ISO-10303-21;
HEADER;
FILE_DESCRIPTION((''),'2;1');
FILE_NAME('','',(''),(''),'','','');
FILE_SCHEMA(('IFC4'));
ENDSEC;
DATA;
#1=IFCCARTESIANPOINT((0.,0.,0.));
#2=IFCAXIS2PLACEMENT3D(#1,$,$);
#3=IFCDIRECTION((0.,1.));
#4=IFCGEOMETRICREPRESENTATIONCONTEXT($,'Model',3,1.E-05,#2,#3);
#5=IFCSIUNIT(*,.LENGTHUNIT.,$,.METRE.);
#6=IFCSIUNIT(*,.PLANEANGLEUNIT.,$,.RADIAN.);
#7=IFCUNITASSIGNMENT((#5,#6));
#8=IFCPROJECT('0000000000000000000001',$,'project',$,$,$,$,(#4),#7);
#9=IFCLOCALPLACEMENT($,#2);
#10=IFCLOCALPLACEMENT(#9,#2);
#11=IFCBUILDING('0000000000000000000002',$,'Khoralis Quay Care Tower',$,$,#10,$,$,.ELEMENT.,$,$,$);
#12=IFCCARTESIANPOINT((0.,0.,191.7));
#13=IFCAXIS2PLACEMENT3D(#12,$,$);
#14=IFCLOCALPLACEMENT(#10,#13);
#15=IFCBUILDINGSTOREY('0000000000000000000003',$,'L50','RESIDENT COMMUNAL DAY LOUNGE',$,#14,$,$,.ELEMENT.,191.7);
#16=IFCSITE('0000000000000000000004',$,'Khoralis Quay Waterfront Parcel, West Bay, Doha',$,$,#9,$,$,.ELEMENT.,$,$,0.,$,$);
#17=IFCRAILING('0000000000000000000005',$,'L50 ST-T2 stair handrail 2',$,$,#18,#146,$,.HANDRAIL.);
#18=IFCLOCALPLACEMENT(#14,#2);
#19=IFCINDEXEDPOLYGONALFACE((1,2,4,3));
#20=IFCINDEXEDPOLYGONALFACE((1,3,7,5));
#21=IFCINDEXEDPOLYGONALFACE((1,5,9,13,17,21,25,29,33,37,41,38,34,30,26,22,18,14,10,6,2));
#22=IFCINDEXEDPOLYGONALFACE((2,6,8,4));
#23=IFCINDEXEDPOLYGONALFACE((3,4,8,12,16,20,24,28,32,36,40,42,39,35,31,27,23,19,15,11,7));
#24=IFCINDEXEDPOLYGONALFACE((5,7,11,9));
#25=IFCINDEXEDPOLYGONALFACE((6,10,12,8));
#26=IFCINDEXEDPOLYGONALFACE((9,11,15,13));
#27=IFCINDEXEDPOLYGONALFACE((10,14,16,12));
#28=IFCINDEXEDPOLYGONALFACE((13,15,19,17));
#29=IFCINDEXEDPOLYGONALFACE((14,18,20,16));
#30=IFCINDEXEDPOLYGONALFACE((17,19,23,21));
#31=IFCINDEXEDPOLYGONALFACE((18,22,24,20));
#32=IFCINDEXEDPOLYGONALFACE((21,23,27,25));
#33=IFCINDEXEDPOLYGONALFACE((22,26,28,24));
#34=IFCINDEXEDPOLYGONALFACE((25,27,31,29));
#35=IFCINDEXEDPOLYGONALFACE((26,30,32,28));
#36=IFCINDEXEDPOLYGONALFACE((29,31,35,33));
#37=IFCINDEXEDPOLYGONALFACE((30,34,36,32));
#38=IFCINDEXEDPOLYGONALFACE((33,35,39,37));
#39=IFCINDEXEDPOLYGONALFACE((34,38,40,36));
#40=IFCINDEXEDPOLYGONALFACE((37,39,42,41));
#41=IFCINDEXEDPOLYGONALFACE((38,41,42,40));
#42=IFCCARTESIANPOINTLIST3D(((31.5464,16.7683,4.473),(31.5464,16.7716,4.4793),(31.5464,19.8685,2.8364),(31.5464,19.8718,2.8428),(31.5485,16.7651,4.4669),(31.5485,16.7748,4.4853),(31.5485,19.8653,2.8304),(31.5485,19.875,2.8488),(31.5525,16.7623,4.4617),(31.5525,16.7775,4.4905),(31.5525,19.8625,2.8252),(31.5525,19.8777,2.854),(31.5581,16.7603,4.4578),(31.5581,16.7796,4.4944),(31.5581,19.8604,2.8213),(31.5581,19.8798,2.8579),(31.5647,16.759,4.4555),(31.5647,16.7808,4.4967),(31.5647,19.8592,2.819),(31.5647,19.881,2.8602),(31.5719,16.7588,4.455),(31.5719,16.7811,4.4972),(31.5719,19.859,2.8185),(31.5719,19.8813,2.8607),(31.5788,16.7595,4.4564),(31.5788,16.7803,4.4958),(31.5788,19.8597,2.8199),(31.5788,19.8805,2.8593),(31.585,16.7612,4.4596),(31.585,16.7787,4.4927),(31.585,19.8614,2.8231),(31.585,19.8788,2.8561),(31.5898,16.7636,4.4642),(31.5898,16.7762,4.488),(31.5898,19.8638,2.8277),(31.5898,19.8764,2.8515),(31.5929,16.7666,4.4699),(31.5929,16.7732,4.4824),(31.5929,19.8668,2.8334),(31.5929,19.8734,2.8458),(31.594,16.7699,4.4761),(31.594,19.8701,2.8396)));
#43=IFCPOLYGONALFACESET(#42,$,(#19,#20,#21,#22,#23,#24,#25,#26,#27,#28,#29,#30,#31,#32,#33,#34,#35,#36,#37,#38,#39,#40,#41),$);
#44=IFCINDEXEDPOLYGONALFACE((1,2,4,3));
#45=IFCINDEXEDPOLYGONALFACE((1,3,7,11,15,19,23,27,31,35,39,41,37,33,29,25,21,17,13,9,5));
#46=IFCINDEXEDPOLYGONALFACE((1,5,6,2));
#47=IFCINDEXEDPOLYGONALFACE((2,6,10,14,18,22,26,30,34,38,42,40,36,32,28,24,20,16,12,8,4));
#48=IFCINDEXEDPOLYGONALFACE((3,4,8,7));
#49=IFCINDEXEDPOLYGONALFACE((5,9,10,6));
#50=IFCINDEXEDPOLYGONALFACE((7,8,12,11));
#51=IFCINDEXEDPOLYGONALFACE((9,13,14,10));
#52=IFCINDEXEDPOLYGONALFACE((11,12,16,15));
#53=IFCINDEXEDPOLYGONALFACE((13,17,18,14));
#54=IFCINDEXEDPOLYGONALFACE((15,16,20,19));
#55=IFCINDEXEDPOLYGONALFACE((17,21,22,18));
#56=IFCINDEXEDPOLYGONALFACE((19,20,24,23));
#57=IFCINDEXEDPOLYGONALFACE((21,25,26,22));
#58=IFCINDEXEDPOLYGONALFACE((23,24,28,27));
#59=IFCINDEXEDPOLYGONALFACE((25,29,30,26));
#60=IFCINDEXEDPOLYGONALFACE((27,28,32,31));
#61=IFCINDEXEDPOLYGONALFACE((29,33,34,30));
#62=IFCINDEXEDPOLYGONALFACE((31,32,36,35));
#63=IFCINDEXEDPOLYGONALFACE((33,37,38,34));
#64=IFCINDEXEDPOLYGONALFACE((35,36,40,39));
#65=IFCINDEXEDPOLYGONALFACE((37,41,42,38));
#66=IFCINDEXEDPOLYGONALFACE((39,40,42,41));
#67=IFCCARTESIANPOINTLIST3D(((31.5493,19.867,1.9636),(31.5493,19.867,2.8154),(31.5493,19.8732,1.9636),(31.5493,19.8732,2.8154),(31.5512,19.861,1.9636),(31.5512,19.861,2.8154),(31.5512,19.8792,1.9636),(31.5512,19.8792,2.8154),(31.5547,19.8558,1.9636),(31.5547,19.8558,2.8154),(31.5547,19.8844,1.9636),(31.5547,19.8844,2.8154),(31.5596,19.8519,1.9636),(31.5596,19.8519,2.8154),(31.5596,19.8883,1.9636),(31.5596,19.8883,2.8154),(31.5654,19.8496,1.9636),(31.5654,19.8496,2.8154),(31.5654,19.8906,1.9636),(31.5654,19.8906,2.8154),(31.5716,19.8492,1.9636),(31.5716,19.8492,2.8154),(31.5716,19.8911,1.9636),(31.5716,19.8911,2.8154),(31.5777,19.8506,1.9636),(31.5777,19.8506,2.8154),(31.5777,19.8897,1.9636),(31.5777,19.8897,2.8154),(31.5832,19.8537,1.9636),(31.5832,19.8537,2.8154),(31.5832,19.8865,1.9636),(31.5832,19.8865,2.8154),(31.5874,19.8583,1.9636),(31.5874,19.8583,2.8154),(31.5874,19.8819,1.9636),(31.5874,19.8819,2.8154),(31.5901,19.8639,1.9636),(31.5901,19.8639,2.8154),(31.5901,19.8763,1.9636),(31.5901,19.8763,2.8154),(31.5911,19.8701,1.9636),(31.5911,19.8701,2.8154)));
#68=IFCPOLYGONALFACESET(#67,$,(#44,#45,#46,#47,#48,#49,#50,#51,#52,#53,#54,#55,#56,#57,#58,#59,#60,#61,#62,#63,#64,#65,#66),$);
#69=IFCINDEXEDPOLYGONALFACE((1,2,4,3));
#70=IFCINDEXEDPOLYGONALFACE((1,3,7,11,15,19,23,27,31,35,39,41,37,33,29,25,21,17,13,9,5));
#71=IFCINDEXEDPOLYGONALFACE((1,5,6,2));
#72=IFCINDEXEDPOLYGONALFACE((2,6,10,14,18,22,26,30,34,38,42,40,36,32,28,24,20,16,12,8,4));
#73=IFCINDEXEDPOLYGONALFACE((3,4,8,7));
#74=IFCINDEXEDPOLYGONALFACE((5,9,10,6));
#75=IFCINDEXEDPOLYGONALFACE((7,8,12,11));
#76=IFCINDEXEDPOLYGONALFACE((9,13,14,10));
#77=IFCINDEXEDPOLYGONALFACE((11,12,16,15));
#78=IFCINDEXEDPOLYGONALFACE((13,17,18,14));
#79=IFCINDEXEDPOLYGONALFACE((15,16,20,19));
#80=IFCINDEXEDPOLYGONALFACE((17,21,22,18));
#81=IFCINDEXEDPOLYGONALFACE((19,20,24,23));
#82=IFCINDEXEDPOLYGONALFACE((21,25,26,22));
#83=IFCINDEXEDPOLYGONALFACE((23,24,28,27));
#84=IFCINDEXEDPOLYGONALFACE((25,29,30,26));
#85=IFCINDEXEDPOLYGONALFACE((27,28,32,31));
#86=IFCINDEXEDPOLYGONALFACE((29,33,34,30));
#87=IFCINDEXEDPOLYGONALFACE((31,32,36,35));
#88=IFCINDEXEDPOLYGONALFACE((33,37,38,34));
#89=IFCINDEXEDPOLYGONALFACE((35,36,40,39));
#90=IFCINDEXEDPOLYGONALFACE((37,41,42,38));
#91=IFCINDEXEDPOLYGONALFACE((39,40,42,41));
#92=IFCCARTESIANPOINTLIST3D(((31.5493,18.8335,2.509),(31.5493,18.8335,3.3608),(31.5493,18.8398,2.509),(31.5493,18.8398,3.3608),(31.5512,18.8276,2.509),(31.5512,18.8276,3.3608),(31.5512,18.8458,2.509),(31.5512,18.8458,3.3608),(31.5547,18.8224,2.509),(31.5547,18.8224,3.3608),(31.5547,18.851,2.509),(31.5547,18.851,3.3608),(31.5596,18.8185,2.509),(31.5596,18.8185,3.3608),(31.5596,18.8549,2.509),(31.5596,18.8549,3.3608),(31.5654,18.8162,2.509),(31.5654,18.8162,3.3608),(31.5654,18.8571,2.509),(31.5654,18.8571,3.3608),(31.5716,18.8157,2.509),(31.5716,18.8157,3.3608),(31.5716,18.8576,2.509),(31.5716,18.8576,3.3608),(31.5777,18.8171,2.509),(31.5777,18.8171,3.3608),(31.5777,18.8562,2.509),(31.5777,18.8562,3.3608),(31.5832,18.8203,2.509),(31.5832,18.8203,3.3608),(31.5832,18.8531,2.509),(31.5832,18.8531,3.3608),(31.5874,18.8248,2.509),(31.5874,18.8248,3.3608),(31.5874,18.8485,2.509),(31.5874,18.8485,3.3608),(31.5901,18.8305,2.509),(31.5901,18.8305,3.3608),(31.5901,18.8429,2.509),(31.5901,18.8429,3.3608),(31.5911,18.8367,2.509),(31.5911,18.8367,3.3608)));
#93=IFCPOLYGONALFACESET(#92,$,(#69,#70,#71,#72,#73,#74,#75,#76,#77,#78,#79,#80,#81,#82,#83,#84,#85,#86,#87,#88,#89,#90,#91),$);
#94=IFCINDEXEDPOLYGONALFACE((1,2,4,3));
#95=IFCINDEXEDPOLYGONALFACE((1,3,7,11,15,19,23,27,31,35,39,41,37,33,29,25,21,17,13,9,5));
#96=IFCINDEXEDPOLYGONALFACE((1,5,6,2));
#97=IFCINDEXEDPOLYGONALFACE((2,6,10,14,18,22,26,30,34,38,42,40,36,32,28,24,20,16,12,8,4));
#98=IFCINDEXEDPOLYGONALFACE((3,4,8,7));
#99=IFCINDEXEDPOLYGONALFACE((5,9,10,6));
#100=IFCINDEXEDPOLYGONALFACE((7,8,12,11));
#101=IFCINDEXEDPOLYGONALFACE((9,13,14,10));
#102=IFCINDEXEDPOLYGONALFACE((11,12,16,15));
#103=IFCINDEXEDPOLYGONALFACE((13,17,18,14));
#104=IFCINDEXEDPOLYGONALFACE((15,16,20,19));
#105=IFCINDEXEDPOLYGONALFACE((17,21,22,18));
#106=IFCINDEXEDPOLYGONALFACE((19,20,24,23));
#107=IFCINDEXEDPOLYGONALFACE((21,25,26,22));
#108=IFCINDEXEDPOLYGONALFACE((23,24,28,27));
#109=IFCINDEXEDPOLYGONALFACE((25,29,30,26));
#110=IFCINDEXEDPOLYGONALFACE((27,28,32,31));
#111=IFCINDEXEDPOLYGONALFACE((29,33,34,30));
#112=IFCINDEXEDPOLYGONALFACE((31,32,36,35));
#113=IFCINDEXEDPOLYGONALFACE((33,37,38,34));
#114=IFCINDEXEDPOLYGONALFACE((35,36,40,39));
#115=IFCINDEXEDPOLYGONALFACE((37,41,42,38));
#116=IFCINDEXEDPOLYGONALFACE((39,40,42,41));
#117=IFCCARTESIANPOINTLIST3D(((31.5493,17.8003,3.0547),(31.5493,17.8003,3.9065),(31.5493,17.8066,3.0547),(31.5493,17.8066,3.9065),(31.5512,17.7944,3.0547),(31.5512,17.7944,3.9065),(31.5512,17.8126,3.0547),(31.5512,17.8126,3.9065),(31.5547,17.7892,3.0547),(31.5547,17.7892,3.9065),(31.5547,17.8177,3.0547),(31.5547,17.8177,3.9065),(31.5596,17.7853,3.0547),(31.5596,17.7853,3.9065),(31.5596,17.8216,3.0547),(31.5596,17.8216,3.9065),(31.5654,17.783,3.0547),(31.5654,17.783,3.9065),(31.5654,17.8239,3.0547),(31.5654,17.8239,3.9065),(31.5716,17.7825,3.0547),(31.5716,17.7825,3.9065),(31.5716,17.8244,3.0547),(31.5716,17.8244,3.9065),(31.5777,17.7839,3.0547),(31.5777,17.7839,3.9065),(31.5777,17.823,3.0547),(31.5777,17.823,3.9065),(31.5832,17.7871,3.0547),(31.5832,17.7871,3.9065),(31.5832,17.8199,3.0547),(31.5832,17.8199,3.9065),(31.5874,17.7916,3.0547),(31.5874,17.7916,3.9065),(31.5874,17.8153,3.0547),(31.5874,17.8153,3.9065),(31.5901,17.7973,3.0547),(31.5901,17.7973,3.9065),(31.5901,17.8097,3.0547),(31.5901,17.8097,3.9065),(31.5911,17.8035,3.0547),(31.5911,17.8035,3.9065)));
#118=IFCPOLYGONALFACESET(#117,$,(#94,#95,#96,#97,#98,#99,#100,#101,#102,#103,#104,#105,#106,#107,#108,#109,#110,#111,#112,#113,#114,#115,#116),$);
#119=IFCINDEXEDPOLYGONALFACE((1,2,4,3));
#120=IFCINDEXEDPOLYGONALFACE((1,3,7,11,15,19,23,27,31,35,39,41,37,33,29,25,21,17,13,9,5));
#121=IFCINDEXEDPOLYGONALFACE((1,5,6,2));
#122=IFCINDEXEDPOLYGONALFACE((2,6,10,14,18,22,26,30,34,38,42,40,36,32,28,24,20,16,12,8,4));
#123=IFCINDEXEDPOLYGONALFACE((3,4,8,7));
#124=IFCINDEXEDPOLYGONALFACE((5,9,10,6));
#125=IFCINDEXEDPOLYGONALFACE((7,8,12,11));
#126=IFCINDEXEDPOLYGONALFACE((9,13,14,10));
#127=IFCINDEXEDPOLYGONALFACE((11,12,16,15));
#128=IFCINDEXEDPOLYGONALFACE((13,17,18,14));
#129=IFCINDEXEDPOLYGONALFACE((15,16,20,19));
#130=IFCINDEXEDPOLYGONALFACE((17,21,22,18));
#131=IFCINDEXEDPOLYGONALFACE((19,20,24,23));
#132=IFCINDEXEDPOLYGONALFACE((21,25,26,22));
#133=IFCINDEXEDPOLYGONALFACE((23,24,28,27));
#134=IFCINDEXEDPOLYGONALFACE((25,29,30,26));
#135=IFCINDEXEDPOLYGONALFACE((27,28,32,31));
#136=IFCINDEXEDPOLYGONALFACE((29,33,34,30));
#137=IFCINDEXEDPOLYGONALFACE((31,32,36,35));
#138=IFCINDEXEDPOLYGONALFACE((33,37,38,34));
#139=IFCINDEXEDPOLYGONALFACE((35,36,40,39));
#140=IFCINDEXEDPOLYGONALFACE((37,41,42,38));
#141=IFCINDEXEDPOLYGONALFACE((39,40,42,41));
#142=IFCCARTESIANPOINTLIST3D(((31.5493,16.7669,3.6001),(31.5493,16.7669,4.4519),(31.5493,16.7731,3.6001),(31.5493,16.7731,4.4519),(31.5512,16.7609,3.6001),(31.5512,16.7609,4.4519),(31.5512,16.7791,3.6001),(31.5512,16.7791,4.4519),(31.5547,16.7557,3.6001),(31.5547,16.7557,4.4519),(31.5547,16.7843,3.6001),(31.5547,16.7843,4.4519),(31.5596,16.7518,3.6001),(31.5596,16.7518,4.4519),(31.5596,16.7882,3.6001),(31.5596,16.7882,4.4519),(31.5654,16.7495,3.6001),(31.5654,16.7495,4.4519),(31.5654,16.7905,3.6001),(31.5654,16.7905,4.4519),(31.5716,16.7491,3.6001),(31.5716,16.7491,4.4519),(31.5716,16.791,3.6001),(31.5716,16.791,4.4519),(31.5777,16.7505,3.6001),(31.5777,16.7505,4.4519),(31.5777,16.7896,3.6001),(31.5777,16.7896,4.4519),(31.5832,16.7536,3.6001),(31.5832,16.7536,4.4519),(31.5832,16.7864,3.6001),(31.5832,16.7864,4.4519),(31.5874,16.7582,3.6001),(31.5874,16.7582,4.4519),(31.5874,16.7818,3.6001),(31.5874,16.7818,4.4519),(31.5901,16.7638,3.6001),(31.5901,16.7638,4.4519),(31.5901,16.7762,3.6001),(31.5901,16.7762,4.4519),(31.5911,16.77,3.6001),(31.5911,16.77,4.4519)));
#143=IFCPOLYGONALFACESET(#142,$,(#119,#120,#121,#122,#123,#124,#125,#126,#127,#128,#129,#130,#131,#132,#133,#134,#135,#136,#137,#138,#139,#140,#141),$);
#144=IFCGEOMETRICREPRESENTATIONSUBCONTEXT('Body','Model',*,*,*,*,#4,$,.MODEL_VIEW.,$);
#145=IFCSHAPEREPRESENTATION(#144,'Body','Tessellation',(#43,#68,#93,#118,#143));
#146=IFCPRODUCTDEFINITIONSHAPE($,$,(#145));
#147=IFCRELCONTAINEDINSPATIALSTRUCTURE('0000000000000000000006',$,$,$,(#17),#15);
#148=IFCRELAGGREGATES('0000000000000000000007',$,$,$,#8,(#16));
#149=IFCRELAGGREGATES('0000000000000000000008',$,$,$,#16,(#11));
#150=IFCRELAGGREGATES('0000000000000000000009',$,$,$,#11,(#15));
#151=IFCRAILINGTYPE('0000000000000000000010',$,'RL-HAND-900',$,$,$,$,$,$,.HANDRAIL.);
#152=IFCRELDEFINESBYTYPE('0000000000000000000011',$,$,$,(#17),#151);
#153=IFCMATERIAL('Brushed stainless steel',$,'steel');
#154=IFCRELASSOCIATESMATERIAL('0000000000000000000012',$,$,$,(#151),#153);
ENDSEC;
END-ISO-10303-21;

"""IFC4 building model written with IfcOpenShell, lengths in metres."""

from ifc_helpers import new_model, si_unit, direction, frame, origin, origin_2d, place, context, subcontext, project, spatial, circle, extrude, material, type_object, element, save


model = new_model("IFC4")

# Units and contexts
model_context = context("Model", 3, precision=1e-05, world=origin(), true_north=direction((0.0, 1.0)))
body_context = subcontext(model_context, "Body", "Model", "MODEL_VIEW")
ifc_project = project(units=[si_unit("LENGTHUNIT", "METRE"), si_unit("PLANEANGLEUNIT", "RADIAN")], contexts=[model_context])

# Site, building, storey
site_placement = place(None, origin())
site = spatial("IfcSite", under=ifc_project, at=site_placement, Name="Khoralis Quay Waterfront Parcel, West Bay, Doha", CompositionType="ELEMENT", RefElevation=0.0)
building_placement = place(site_placement, origin())
building = spatial("IfcBuilding", under=site, at=building_placement, Name="Khoralis Quay Care Tower", CompositionType="ELEMENT")
storey_placement = place(building_placement, frame((0.0, 0.0, 191.7)))
storey = spatial("IfcBuildingStorey", under=building, at=storey_placement, Name="L50", Description="RESIDENT COMMUNAL DAY LOUNGE", CompositionType="ELEMENT", Elevation=191.7)

# Shared definitions
ifc_material_1 = material(Name="Brushed stainless steel", Category="steel")

# Railing
railing_type_1 = type_object("IfcRailingType", Name="RL-HAND-900", PredefinedType="HANDRAIL", material=ifc_material_1)
railing_1_placement = place(storey_placement, frame((31.5701, 19.8701, 1.9636)))
element("IfcRailing", 1, at=railing_1_placement, inside=storey, type_object=railing_type_1, Name="L50 ST-T2 stair handrail 2", PredefinedType="HANDRAIL", context=body_context, shape_type="SweptSolid", body=[
    extrude(circle(Radius=0.0239, at=origin_2d()), frame((0.0, 0.0, 0.876), z_axis=(0.0, -0.884348, 0.466828), x_axis=(1.0, 0.0, 0.0)), (0.0, 0.0, 1.0), 3.5056),
    extrude(circle(Radius=0.021, at=origin_2d()), origin(), (0.0, 0.0, 1.0), 0.8518),
    extrude(circle(Radius=0.021, at=origin_2d()), frame((0.0, -1.0334, 0.5454)), (0.0, 0.0, 1.0), 0.8518),
    extrude(circle(Radius=0.021, at=origin_2d()), frame((0.0, -2.0667, 1.0911)), (0.0, 0.0, 1.0), 0.8518),
    extrude(circle(Radius=0.021, at=origin_2d()), frame((0.0, -3.1001, 1.6365)), (0.0, 0.0, 1.0), 0.8518),
])

save(model, "model.ifc")
